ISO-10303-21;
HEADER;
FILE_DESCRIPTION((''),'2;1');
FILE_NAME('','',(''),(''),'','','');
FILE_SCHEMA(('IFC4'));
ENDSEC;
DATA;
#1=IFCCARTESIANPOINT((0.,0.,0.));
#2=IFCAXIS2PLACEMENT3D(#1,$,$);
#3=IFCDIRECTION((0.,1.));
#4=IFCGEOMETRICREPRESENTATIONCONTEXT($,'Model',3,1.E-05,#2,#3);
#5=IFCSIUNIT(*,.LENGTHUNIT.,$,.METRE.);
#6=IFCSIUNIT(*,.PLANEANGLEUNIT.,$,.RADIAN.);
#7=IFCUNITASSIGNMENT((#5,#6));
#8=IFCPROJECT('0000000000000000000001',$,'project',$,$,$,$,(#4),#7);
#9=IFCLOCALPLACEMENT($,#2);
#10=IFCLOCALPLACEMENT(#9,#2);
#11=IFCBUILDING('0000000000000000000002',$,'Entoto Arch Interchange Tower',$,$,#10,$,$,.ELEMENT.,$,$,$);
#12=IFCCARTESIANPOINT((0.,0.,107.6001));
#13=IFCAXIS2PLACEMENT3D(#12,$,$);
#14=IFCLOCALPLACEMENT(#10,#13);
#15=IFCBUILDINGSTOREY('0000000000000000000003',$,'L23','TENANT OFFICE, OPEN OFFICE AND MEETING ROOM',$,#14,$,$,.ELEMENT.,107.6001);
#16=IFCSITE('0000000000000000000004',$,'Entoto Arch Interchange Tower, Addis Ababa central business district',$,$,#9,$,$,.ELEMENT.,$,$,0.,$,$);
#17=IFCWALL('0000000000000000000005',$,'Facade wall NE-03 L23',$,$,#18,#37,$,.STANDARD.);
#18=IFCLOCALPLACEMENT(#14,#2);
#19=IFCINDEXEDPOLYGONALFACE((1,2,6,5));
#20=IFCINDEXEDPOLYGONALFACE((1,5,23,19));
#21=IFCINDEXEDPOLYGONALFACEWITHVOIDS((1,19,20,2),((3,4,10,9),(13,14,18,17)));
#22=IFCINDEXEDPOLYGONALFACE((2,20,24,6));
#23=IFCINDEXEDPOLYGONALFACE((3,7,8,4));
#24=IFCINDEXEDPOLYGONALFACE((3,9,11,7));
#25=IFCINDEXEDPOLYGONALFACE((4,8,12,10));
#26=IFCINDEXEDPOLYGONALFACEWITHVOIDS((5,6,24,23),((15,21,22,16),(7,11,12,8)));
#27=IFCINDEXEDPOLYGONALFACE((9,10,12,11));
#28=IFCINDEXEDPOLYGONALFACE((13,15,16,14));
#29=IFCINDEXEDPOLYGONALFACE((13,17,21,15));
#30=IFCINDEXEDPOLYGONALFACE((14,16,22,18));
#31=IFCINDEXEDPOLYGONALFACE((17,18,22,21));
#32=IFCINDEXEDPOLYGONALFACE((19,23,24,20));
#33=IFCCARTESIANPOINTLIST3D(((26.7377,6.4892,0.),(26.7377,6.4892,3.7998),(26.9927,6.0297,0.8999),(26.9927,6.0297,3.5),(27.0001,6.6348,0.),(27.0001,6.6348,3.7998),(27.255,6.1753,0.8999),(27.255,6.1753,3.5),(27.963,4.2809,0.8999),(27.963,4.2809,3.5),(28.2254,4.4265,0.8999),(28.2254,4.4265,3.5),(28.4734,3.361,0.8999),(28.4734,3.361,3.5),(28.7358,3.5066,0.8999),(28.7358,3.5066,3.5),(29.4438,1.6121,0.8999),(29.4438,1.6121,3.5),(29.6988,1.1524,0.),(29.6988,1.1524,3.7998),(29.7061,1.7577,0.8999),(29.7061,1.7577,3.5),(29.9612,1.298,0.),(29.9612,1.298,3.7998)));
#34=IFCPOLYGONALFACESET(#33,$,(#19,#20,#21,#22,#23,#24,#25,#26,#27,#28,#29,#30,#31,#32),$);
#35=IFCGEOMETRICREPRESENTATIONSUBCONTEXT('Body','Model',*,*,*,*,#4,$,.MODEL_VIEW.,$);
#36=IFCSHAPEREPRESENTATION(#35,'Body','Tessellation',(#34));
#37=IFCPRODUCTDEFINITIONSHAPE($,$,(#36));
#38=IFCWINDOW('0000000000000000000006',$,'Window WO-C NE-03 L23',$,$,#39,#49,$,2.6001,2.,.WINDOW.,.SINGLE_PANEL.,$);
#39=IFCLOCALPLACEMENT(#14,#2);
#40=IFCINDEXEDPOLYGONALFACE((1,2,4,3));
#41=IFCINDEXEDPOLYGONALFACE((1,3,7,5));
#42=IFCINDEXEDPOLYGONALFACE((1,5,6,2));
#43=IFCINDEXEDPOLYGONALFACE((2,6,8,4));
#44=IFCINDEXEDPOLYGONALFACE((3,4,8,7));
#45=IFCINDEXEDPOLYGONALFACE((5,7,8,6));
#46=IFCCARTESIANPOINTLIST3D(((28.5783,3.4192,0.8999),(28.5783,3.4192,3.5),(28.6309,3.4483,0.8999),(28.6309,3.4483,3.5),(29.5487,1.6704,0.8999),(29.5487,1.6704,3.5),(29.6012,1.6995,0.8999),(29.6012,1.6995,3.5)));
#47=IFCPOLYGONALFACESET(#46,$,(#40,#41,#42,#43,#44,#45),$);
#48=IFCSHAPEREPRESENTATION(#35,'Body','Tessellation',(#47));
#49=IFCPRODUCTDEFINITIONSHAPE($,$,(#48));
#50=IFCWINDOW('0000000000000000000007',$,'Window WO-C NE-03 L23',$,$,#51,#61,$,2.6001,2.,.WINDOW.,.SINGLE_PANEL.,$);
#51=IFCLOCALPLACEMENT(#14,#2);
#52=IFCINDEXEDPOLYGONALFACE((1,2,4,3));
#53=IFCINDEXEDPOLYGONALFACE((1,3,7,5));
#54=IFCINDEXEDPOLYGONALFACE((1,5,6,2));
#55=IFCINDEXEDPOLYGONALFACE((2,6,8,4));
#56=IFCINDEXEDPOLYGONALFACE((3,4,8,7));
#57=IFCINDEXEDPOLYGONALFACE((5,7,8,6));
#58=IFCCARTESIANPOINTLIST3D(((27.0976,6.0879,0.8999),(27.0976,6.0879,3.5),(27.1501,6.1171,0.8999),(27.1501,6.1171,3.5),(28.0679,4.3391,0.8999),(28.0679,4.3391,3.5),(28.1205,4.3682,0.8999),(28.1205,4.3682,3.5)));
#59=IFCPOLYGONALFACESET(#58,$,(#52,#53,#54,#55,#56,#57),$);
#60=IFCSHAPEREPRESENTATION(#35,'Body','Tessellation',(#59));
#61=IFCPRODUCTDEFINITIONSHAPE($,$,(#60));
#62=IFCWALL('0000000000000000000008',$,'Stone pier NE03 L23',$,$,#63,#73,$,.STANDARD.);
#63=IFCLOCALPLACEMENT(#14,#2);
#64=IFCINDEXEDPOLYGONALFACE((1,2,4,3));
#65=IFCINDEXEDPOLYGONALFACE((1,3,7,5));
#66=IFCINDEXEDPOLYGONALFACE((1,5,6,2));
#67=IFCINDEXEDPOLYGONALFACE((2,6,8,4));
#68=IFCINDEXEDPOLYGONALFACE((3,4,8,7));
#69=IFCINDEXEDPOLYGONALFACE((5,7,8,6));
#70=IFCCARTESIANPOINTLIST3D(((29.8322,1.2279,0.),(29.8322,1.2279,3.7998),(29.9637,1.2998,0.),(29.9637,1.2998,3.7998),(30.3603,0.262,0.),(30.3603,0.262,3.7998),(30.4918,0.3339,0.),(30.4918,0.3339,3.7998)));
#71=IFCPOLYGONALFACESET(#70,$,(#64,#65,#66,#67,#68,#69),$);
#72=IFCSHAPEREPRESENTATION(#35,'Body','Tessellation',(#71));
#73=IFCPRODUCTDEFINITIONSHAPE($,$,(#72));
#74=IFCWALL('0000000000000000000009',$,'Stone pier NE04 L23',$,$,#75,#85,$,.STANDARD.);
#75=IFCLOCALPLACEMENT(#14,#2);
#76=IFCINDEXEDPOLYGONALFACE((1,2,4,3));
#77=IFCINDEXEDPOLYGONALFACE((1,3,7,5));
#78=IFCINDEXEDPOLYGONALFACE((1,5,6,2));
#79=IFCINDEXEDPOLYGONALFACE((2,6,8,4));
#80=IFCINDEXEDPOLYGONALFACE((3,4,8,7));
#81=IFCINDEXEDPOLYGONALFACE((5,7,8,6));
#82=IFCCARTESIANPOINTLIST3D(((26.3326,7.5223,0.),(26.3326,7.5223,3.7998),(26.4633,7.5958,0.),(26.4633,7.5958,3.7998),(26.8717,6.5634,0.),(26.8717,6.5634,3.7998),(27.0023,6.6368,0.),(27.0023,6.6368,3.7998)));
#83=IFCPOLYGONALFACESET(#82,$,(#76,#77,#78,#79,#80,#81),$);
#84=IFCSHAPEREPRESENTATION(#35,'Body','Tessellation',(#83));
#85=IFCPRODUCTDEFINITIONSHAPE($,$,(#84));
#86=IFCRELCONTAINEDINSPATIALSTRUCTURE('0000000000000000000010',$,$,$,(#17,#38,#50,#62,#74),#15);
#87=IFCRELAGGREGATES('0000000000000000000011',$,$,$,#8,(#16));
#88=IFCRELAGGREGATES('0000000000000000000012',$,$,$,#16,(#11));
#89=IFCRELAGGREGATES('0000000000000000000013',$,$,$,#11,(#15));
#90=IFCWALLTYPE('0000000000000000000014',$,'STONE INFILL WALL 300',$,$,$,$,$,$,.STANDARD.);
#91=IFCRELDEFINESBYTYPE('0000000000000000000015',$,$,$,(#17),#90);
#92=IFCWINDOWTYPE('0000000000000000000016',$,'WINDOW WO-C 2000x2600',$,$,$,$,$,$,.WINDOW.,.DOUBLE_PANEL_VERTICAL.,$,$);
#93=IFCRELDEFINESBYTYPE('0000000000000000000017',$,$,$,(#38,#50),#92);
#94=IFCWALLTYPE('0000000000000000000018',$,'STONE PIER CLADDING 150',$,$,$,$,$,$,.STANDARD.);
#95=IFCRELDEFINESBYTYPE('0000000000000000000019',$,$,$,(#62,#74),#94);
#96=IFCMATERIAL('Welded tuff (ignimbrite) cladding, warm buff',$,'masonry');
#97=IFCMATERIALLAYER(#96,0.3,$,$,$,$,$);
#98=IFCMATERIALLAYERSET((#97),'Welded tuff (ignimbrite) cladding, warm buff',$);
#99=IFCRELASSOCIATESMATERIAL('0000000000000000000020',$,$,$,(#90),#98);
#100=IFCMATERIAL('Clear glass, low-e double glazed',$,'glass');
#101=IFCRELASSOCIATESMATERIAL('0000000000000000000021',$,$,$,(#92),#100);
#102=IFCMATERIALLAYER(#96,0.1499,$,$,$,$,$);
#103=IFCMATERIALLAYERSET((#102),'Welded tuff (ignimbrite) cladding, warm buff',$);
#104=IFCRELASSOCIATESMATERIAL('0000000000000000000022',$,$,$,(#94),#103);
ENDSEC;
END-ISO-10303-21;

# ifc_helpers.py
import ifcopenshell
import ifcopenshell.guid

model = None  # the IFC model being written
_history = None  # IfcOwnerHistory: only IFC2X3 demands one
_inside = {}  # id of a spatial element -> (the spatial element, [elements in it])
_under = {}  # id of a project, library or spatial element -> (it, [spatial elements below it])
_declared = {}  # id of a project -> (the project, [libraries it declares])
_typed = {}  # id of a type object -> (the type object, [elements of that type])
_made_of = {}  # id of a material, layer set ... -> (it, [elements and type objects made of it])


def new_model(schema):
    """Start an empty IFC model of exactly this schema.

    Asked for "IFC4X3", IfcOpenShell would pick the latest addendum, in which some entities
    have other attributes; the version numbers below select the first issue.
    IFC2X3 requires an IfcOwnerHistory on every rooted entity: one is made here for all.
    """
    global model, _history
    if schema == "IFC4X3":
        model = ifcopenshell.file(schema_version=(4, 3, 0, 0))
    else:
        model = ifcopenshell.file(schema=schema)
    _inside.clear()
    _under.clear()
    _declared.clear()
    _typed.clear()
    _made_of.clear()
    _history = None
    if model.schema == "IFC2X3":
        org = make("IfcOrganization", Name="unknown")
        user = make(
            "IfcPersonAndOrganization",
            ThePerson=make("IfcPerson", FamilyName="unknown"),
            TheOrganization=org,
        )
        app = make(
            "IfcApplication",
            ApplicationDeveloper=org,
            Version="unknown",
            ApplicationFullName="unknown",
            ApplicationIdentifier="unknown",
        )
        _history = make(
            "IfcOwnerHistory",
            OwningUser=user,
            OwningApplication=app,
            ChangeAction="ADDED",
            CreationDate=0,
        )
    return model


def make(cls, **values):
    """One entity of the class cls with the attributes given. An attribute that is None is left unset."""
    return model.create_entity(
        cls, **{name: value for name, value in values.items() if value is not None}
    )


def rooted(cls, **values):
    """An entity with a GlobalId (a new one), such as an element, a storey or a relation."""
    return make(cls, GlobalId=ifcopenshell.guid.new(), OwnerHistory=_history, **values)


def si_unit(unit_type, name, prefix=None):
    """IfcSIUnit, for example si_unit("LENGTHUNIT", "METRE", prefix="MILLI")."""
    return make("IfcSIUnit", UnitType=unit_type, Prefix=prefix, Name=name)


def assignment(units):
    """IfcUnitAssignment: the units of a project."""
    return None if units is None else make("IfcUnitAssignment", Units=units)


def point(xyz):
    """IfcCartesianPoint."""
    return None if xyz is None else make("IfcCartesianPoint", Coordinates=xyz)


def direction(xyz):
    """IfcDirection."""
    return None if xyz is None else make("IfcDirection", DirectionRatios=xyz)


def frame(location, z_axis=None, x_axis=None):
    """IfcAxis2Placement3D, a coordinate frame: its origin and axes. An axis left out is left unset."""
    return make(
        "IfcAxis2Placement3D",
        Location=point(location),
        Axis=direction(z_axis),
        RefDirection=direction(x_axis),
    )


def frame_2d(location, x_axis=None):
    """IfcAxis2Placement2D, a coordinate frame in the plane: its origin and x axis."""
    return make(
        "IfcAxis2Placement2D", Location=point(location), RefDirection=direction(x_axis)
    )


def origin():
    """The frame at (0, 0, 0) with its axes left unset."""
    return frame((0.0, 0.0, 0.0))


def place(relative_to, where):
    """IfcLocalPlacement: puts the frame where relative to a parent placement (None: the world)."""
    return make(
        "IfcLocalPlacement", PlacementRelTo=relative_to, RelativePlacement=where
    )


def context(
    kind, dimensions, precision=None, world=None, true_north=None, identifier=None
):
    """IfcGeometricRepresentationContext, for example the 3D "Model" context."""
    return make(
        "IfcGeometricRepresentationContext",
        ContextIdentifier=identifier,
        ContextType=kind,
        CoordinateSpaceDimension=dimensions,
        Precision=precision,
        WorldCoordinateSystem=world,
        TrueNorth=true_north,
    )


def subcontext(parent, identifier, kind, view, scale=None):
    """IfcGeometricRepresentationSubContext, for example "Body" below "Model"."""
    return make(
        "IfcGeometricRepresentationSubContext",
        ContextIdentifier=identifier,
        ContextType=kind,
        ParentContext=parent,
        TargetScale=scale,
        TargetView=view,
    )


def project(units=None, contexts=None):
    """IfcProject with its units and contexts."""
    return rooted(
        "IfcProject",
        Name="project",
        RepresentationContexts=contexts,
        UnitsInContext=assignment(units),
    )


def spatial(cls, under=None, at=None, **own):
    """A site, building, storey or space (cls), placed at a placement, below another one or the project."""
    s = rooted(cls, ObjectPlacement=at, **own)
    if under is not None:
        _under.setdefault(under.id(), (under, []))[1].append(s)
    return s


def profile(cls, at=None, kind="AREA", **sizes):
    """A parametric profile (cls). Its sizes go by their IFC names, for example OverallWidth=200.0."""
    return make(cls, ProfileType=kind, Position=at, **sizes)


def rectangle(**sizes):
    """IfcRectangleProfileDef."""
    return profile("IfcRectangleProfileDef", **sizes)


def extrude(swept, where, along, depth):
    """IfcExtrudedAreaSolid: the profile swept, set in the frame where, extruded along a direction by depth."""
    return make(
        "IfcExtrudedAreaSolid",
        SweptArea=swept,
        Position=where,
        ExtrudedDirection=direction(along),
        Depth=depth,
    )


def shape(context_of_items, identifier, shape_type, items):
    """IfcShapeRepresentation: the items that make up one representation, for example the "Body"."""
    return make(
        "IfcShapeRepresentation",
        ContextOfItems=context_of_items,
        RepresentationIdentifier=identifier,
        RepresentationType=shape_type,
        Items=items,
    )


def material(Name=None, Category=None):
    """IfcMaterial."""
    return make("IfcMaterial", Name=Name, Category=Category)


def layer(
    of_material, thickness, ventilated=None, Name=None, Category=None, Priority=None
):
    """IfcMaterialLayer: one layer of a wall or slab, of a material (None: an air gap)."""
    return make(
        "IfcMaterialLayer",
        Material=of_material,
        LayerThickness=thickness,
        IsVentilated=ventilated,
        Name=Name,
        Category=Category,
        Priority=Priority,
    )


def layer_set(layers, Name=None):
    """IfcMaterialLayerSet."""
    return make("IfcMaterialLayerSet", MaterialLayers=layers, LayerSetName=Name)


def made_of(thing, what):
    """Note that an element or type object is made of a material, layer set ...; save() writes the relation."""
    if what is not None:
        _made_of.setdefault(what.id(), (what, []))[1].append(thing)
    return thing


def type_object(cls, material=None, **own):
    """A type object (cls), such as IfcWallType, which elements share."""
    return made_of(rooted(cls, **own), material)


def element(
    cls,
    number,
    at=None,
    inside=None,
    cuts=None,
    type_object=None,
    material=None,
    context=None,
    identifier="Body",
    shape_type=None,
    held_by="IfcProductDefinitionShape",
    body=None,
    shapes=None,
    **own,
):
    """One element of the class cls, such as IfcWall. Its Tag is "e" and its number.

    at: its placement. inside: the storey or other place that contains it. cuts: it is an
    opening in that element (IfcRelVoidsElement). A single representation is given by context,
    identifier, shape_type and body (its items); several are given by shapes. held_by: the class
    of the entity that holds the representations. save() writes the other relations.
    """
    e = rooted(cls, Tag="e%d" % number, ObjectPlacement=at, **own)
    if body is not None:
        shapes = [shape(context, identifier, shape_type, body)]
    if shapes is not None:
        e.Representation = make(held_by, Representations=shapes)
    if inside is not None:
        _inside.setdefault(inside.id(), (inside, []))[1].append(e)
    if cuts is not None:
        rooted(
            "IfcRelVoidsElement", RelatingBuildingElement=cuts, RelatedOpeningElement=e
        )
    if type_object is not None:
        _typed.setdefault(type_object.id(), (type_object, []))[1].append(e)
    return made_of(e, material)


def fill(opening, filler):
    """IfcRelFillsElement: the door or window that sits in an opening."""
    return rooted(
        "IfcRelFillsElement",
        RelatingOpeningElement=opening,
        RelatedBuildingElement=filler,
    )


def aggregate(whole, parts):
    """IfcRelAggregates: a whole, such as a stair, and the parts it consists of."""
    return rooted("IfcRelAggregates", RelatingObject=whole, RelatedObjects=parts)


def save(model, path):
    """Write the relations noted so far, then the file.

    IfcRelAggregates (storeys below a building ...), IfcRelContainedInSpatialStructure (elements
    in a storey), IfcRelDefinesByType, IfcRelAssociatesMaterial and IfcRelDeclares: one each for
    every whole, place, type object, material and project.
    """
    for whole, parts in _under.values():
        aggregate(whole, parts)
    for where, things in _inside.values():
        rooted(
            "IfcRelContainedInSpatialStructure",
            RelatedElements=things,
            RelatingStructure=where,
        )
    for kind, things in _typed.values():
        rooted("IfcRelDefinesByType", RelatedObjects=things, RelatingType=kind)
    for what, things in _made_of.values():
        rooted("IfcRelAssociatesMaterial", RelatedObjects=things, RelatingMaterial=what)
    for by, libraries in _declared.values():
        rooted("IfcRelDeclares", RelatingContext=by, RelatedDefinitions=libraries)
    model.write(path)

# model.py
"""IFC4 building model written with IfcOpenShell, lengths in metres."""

from ifc_helpers import new_model, si_unit, direction, frame, frame_2d, origin, place, context, subcontext, project, spatial, rectangle, extrude, material, layer, layer_set, type_object, element, fill, save


model = new_model("IFC4")

# Units and contexts
model_context = context("Model", 3, precision=1e-05, world=origin(), true_north=direction((0.0, 1.0)))
body_context = subcontext(model_context, "Body", "Model", "MODEL_VIEW")
ifc_project = project(units=[si_unit("LENGTHUNIT", "METRE"), si_unit("PLANEANGLEUNIT", "RADIAN")], contexts=[model_context])

# Site, building, storey
site_placement = place(None, origin())
site = spatial("IfcSite", under=ifc_project, at=site_placement, Name="Entoto Arch Interchange Tower, Addis Ababa central business district", CompositionType="ELEMENT", RefElevation=0.0)
building_placement = place(site_placement, origin())
building = spatial("IfcBuilding", under=site, at=building_placement, Name="Entoto Arch Interchange Tower", CompositionType="ELEMENT")
storey_placement = place(building_placement, frame((0.0, 0.0, 107.6001)))
storey = spatial("IfcBuildingStorey", under=building, at=storey_placement, Name="L23", Description="TENANT OFFICE, OPEN OFFICE AND MEETING ROOM", CompositionType="ELEMENT", Elevation=107.6001)

# Wall, openings, windows
ifc_material_1 = material(Name="Welded tuff (ignimbrite) cladding, warm buff", Category="masonry")
ifc_layer_1 = layer(ifc_material_1, 0.3)
ifc_layer_set_1 = layer_set([ifc_layer_1], Name="Welded tuff (ignimbrite) cladding, warm buff")
wall_type_1 = type_object("IfcWallType", Name="STONE INFILL WALL 300", PredefinedType="STANDARD", material=ifc_layer_set_1)
wall_1_placement = place(storey_placement, frame((29.8301, 1.2251, 0.0), z_axis=(0.0, 0.0, 1.0), x_axis=(-0.485171, 0.874419, 0.0)))
wall_1 = element("IfcWall", 1, at=wall_1_placement, inside=storey, type_object=wall_type_1, Name="Facade wall NE-03 L23", PredefinedType="STANDARD", context=body_context, shape_type="SweptSolid", body=[
    extrude(rectangle(XDim=6.1033, YDim=0.3, at=frame_2d((3.0518, 0.0))), origin(), (0.0, 0.0, 1.0), 3.7998),
])
opening_1_placement = place(wall_1_placement, frame((0.5259, 0.0, 0.8999)))
opening_1 = element("IfcOpeningElement", 2, at=opening_1_placement, cuts=wall_1, PredefinedType="OPENING", context=body_context, shape_type="SweptSolid", body=[
    extrude(rectangle(XDim=2.0, YDim=2.6001, at=frame_2d((1.0, 1.3))), frame((0.0, 0.1602, 0.0), z_axis=(0.0, -1.0, 0.0), x_axis=(1.0, 0.0, 0.0)), (0.0, 0.0, 1.0), 0.3201),
])
opening_2_placement = place(wall_1_placement, frame((3.5779, 0.0, 0.8999)))
opening_2 = element("IfcOpeningElement", 3, at=opening_2_placement, cuts=wall_1, PredefinedType="OPENING", context=body_context, shape_type="SweptSolid", body=[
    extrude(rectangle(XDim=2.0, YDim=2.6001, at=frame_2d((1.0, 1.3))), frame((0.0, 0.1602, 0.0), z_axis=(0.0, -1.0, 0.0), x_axis=(1.0, 0.0, 0.0)), (0.0, 0.0, 1.0), 0.3201),
])
ifc_material_2 = material(Name="Clear glass, low-e double glazed", Category="glass")
window_type = type_object("IfcWindowType", Name="WINDOW WO-C 2000x2600", PartitioningType="DOUBLE_PANEL_VERTICAL", PredefinedType="WINDOW", material=ifc_material_2)
window_1_placement = place(opening_1_placement, origin())
window_1 = element("IfcWindow", 4, at=window_1_placement, inside=storey, type_object=window_type, Name="Window WO-C NE-03 L23", OverallHeight=2.6001, OverallWidth=2.0, PartitioningType="SINGLE_PANEL", PredefinedType="WINDOW", context=body_context, shape_type="SweptSolid", body=[
    extrude(rectangle(XDim=2.0, YDim=2.6001, at=frame_2d((1.0, 1.3))), frame((0.0, 0.03, 0.0), z_axis=(0.0, -1.0, 0.0), x_axis=(1.0, 0.0, 0.0)), (0.0, 0.0, 1.0), 0.0601),
])
fill(opening_1, window_1)
window_2_placement = place(opening_2_placement, origin())
window_2 = element("IfcWindow", 5, at=window_2_placement, inside=storey, type_object=window_type, Name="Window WO-C NE-03 L23", OverallHeight=2.6001, OverallWidth=2.0, PartitioningType="SINGLE_PANEL", PredefinedType="WINDOW", context=body_context, shape_type="SweptSolid", body=[
    extrude(rectangle(XDim=2.0, YDim=2.6001, at=frame_2d((1.0, 1.3))), frame((0.0, 0.03, 0.0), z_axis=(0.0, -1.0, 0.0), x_axis=(1.0, 0.0, 0.0)), (0.0, 0.0, 1.0), 0.0601),
])
fill(opening_2, window_2)

# Walls
ifc_layer_2 = layer(ifc_material_1, 0.1499)
ifc_layer_set_2 = layer_set([ifc_layer_2], Name="Welded tuff (ignimbrite) cladding, warm buff")
wall_type_2 = type_object("IfcWallType", Name="STONE PIER CLADDING 150", PredefinedType="STANDARD", material=ifc_layer_set_2)
wall_2_placement = place(storey_placement, frame((30.426, 0.2981, 0.0), z_axis=(0.0, 0.0, 1.0), x_axis=(-0.479738, 0.877412, 0.0)))
element("IfcWall", 6, at=wall_2_placement, inside=storey, type_object=wall_type_2, Name="Stone pier NE03 L23", PredefinedType="STANDARD", context=body_context, shape_type="SweptSolid", body=[
    extrude(rectangle(XDim=1.1008, YDim=0.1499, at=frame_2d((0.5503, 0.0))), origin(), (0.0, 0.0, 1.0), 3.7998),
])
wall_3_placement = place(storey_placement, frame((26.937, 6.6001, 0.0), z_axis=(0.0, 0.0, 1.0), x_axis=(-0.490008, 0.871718, 0.0)))
element("IfcWall", 7, at=wall_3_placement, inside=storey, type_object=wall_type_2, Name="Stone pier NE04 L23", PredefinedType="STANDARD", context=body_context, shape_type="SweptSolid", body=[
    extrude(rectangle(XDim=1.1001, YDim=0.1499, at=frame_2d((0.55, 0.0))), origin(), (0.0, 0.0, 1.0), 3.7998),
])

save(model, "model.ifc")
